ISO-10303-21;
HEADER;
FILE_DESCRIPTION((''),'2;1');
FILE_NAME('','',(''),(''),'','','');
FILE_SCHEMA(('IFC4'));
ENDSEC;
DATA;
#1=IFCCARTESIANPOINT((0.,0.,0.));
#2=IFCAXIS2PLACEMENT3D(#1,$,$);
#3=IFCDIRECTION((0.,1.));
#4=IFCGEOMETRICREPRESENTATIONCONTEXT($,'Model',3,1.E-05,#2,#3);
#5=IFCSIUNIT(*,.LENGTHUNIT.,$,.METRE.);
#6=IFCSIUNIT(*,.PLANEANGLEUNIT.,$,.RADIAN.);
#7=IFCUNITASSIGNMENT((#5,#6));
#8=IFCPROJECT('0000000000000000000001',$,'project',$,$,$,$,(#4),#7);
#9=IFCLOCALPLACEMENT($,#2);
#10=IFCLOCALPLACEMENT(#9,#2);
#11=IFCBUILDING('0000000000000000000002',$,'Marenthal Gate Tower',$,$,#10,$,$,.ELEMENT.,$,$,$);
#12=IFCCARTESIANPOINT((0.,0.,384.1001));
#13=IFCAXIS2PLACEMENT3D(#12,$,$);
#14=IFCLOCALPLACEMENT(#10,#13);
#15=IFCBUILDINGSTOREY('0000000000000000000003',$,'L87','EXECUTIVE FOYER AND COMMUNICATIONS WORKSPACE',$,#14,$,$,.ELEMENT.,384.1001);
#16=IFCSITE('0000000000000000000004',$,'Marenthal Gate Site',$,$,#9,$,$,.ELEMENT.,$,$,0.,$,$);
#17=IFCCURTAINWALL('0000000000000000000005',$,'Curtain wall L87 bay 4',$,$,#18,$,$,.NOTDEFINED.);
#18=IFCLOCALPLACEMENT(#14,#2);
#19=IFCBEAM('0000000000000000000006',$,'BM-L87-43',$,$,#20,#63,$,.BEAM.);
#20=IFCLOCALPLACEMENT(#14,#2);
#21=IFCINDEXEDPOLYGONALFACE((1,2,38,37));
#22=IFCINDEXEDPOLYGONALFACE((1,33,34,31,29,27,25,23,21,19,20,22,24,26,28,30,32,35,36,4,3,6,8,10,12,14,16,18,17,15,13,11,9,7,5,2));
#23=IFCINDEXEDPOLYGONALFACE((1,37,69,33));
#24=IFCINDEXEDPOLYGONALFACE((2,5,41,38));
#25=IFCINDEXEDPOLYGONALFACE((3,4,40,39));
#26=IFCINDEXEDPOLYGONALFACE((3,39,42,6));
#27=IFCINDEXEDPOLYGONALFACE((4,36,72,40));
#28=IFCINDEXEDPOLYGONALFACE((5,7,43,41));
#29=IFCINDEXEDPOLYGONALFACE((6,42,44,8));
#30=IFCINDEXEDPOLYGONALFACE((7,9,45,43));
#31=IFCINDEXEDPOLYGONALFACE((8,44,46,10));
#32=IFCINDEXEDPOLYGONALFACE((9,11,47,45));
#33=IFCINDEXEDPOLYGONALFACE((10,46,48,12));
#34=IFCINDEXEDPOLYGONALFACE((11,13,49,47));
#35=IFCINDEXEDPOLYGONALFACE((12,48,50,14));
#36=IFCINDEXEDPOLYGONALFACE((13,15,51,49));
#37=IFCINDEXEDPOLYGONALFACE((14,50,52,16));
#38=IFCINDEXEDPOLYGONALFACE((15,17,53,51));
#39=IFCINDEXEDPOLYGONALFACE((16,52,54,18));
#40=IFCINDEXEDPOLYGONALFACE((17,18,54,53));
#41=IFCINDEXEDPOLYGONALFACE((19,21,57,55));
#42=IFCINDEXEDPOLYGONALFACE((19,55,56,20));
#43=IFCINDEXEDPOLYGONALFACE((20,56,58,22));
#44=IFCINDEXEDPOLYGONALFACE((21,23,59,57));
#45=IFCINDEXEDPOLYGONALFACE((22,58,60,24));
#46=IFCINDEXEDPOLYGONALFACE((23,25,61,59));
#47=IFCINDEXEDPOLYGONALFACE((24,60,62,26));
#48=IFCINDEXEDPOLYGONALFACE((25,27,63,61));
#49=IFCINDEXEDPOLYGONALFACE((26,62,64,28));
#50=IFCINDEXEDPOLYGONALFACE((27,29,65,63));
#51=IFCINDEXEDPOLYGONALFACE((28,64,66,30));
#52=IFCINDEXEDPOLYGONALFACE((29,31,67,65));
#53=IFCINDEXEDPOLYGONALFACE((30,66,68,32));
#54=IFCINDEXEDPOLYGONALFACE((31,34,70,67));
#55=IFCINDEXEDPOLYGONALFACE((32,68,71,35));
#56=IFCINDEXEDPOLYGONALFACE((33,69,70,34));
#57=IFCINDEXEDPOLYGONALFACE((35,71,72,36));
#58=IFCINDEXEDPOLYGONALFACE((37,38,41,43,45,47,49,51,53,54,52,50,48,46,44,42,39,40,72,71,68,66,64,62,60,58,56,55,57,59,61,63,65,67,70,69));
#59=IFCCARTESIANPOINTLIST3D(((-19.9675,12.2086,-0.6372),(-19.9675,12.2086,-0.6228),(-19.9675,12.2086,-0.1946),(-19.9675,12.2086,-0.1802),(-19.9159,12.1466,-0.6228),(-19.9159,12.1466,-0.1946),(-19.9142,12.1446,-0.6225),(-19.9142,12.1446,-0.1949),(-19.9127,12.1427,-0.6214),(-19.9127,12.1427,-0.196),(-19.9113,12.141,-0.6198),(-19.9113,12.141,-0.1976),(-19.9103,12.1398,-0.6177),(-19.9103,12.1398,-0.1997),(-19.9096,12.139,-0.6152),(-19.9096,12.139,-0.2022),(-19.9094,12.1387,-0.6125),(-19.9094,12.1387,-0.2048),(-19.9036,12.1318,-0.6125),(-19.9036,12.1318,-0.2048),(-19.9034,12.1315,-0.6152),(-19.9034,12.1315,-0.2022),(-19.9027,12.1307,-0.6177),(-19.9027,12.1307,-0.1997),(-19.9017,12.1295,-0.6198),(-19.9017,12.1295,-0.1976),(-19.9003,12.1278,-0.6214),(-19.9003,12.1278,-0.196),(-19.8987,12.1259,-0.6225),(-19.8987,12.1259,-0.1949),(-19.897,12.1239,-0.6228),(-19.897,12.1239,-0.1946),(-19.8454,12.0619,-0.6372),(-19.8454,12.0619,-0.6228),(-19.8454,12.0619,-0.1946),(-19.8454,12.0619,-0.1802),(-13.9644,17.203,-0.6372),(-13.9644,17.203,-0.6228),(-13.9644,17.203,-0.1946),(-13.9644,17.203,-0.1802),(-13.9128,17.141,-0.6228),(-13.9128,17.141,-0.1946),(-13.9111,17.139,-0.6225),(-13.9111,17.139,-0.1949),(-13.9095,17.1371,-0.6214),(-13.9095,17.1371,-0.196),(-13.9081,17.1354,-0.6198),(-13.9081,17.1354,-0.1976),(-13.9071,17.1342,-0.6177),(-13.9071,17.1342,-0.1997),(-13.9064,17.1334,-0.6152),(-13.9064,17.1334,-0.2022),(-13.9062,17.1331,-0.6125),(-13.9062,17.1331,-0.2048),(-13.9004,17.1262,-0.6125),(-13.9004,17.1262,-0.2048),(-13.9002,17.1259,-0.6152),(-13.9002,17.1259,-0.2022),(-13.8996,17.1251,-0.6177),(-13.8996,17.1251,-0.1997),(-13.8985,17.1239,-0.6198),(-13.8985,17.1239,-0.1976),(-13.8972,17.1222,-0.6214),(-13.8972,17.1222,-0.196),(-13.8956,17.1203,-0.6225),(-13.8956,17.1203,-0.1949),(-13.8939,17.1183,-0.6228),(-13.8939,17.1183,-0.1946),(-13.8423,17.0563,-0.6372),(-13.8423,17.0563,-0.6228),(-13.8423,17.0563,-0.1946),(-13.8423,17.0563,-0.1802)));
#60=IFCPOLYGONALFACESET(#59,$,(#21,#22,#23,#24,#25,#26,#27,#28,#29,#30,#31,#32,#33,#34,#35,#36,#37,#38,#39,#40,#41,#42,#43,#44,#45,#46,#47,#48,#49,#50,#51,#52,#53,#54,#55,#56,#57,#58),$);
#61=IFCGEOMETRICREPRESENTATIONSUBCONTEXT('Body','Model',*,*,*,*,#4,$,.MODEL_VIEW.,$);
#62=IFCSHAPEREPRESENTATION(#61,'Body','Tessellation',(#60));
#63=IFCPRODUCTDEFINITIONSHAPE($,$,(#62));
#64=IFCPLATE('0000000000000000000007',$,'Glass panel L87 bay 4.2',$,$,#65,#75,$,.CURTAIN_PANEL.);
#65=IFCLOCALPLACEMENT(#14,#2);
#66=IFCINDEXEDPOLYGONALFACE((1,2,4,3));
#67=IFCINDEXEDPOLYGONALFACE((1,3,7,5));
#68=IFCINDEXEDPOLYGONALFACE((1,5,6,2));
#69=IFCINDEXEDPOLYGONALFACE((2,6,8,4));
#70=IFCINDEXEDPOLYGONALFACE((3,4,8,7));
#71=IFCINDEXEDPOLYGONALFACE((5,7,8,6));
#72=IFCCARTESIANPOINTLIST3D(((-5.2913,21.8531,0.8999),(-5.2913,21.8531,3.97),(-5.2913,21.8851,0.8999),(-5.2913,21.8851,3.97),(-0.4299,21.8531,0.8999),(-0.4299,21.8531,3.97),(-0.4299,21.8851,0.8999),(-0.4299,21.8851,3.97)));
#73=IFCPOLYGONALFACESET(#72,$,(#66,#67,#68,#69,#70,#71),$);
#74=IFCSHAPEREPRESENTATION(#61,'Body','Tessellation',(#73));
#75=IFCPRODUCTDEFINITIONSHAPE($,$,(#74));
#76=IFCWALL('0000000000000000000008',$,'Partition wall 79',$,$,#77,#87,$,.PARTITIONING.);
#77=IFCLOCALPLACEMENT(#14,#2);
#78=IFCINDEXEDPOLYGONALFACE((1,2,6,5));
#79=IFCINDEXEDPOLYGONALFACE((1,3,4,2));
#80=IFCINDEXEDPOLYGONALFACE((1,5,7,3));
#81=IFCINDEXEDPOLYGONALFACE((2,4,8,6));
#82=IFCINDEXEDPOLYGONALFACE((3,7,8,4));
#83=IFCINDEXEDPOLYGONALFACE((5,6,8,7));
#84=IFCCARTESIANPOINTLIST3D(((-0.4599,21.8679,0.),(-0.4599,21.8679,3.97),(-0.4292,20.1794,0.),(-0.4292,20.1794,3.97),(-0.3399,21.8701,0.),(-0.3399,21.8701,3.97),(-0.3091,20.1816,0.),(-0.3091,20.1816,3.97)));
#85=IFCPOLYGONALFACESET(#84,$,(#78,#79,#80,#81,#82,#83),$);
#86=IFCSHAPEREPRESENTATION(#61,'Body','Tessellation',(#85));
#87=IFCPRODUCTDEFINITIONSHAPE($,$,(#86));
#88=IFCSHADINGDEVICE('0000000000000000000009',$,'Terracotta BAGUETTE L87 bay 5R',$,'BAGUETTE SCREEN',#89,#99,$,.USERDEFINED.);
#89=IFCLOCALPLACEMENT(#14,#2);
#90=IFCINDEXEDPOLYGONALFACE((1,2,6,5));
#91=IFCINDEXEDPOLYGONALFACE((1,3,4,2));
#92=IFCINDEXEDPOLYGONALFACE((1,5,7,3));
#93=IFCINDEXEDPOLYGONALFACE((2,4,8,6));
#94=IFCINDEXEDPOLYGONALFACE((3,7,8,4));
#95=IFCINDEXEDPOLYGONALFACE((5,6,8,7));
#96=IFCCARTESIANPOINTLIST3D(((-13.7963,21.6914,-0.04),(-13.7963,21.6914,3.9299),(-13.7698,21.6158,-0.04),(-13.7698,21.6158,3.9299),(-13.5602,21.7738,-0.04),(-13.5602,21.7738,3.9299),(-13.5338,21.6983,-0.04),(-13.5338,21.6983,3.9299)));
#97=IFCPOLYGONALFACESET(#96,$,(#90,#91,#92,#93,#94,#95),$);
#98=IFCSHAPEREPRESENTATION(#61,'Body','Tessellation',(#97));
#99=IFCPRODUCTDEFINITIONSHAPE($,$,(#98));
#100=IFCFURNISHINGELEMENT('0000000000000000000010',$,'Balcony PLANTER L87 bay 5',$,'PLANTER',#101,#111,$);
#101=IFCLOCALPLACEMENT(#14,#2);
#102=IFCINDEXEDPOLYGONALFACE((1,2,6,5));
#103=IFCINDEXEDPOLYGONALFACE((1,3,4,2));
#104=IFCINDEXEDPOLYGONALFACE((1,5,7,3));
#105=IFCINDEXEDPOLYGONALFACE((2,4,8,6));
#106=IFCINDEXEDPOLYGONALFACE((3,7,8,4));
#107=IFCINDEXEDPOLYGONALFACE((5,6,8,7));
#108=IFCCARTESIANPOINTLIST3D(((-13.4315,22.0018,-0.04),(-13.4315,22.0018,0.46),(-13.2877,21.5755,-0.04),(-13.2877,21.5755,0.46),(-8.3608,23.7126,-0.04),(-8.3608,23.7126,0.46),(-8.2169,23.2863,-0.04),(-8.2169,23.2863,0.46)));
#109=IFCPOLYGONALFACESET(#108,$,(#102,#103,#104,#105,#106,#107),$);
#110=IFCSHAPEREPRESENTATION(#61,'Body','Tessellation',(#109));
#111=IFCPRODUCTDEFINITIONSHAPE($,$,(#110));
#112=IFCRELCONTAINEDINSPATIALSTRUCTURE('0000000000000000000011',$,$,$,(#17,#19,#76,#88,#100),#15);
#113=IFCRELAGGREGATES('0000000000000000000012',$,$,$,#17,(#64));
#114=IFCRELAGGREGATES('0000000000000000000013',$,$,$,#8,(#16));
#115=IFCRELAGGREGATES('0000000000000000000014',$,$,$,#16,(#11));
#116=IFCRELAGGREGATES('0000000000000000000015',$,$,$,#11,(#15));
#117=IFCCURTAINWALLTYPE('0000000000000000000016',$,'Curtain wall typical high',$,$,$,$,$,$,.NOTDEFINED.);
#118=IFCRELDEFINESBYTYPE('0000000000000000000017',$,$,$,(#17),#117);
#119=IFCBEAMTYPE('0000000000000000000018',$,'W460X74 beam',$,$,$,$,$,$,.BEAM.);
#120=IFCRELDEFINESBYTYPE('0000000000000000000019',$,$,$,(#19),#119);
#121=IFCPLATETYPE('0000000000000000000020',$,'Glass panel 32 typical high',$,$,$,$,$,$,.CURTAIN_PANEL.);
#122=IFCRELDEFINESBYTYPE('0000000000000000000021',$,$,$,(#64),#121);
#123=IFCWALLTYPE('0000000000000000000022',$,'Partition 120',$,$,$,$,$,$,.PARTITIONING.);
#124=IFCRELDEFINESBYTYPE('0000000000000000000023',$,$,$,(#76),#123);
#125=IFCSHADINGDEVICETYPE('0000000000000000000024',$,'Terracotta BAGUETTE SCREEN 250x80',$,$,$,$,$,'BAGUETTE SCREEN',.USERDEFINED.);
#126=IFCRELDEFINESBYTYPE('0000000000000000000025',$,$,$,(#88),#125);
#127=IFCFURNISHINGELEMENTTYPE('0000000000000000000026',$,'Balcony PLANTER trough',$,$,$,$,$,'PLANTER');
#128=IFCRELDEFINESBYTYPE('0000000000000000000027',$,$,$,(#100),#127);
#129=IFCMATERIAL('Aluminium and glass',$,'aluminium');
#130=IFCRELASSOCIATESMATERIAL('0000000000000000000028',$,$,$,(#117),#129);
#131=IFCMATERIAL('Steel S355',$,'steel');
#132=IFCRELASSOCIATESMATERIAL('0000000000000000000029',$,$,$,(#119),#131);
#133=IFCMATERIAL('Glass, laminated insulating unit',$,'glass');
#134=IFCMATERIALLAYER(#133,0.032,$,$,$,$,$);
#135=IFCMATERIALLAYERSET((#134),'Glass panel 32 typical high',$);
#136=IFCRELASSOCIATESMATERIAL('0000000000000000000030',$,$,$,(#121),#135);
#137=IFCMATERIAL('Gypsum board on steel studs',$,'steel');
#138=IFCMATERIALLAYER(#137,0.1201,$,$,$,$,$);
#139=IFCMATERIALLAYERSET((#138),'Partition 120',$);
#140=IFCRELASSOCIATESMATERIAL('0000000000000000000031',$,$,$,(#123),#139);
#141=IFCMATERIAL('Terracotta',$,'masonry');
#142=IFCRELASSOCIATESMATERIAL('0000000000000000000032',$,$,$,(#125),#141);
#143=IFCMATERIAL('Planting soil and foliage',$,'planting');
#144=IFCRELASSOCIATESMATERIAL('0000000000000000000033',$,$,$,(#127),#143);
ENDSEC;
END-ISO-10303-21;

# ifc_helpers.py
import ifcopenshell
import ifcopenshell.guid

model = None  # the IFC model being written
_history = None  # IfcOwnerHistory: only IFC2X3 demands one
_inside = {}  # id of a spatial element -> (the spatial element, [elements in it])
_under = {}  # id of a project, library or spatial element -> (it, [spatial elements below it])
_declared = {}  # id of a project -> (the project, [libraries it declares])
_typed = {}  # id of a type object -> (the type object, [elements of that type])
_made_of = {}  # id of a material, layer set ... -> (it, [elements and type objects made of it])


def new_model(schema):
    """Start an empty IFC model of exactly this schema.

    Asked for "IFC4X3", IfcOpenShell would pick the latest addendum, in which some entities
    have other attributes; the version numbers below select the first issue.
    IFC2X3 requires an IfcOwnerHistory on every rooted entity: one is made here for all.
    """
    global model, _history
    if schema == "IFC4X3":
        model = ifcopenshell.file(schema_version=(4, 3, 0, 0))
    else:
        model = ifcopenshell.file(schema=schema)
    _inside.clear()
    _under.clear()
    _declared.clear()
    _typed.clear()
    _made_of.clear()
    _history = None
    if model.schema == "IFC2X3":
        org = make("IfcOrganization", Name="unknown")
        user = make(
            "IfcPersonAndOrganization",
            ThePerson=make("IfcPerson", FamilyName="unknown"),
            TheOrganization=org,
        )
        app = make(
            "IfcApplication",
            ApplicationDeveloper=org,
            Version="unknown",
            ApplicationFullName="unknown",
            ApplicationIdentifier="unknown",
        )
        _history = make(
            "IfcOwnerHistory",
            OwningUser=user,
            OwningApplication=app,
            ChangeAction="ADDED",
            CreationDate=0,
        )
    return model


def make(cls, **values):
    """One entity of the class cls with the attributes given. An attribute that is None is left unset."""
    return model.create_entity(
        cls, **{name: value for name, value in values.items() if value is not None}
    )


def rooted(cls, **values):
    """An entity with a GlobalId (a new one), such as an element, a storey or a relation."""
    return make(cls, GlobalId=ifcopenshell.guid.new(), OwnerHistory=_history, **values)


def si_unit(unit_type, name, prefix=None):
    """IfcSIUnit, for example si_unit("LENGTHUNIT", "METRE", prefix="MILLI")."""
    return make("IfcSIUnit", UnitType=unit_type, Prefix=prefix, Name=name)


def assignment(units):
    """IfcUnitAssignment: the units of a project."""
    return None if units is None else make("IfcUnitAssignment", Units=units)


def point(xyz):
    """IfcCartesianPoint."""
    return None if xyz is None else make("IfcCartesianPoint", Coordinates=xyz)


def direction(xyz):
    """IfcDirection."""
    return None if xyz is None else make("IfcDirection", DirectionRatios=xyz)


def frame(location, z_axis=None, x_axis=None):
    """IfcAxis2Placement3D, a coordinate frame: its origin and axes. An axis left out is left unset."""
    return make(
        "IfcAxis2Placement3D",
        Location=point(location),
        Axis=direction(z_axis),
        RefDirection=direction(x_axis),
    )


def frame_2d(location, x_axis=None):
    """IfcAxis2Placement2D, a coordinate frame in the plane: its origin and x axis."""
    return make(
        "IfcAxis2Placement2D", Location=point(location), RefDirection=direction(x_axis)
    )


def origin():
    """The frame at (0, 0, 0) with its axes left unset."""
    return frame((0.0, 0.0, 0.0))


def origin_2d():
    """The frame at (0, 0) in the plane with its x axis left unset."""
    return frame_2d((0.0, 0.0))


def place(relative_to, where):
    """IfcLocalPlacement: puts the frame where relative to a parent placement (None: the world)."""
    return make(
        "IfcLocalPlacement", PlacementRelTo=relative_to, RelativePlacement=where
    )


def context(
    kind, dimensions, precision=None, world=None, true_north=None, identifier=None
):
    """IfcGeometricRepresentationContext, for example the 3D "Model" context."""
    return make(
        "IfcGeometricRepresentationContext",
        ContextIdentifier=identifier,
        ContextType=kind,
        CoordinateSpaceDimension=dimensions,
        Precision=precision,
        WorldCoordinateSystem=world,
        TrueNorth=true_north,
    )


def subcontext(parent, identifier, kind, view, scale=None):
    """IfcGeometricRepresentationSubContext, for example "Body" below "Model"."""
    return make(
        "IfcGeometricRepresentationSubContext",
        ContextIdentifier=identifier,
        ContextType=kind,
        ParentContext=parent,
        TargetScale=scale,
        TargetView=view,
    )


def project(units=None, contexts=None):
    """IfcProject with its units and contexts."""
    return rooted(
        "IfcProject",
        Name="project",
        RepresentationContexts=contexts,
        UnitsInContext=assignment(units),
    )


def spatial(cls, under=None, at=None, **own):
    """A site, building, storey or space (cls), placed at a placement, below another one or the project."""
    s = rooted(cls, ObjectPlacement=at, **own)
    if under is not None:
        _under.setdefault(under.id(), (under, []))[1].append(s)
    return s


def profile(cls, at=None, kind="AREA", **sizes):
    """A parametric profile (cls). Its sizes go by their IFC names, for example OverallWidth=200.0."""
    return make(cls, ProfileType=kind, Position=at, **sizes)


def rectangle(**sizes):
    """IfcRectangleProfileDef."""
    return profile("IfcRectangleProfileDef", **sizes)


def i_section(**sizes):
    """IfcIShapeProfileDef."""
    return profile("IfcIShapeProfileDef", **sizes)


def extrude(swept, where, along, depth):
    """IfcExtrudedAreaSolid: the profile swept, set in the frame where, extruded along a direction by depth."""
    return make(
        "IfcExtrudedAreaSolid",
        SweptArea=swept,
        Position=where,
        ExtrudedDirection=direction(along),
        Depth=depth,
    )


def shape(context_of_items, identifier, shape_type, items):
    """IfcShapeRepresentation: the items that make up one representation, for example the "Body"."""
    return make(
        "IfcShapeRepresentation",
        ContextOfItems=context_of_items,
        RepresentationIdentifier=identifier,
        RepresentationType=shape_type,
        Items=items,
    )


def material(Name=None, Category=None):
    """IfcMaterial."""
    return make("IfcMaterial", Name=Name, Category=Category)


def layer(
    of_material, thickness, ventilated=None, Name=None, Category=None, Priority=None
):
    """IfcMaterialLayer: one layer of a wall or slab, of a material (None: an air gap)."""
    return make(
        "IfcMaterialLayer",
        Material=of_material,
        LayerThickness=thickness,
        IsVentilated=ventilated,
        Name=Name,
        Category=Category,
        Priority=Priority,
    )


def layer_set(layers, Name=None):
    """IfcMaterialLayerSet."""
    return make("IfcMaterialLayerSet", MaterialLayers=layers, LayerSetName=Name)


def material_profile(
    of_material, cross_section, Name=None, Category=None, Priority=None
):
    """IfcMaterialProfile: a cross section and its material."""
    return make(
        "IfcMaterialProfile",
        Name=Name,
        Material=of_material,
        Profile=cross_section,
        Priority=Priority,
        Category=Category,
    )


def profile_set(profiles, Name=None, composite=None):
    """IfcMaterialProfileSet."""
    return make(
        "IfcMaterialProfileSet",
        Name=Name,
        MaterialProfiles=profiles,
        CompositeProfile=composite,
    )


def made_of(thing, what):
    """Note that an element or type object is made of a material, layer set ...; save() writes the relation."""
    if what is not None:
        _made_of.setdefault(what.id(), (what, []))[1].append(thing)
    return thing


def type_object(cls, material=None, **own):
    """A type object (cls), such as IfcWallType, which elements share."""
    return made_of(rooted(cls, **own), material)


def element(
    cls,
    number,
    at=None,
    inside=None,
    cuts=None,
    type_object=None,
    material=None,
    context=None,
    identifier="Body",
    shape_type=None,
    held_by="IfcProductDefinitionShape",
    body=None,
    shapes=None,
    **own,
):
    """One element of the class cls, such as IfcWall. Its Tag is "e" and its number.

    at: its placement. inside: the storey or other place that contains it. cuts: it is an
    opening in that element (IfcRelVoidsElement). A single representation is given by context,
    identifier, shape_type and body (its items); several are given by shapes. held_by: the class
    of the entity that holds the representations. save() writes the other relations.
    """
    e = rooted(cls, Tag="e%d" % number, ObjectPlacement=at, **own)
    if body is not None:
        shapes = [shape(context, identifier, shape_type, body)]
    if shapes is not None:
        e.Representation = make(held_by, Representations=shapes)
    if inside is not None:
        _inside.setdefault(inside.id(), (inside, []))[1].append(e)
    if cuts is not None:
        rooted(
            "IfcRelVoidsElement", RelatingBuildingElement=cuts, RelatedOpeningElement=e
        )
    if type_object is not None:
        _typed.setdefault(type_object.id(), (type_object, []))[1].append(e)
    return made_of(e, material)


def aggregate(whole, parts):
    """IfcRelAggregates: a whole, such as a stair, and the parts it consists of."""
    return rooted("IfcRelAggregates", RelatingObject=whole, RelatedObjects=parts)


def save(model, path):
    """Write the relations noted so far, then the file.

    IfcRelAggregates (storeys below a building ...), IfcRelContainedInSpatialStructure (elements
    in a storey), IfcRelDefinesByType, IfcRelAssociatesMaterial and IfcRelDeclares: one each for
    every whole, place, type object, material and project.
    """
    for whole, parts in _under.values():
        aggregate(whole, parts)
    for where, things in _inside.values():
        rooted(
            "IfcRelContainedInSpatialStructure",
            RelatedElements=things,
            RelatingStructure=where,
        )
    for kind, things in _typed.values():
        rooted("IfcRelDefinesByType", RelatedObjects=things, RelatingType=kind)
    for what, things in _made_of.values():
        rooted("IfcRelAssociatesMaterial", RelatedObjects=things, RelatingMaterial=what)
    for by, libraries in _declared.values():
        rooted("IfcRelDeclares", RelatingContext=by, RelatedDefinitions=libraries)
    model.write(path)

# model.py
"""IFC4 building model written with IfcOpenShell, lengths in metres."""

from ifc_helpers import new_model, si_unit, direction, frame, frame_2d, origin, origin_2d, place, context, subcontext, project, spatial, rectangle, i_section, extrude, material, layer, layer_set, material_profile, profile_set, type_object, element, aggregate, save


model = new_model("IFC4")

# Units and contexts
model_context = context("Model", 3, precision=1e-05, world=origin(), true_north=direction((0.0, 1.0)))
body_context = subcontext(model_context, "Body", "Model", "MODEL_VIEW")
ifc_project = project(units=[si_unit("LENGTHUNIT", "METRE"), si_unit("PLANEANGLEUNIT", "RADIAN")], contexts=[model_context])

# Site, building, storey
site_placement = place(None, origin())
site = spatial("IfcSite", under=ifc_project, at=site_placement, Name="Marenthal Gate Site", CompositionType="ELEMENT", RefElevation=0.0)
building_placement = place(site_placement, origin())
building = spatial("IfcBuilding", under=site, at=building_placement, Name="Marenthal Gate Tower", CompositionType="ELEMENT")
storey_placement = place(building_placement, frame((0.0, 0.0, 384.1001)))
storey = spatial("IfcBuildingStorey", under=building, at=storey_placement, Name="L87", Description="EXECUTIVE FOYER AND COMMUNICATIONS WORKSPACE", CompositionType="ELEMENT", Elevation=384.1001)

# Curtain wall
ifc_material_1 = material(Name="Aluminium and glass", Category="aluminium")
curtain_wall_type = type_object("IfcCurtainWallType", Name="Curtain wall typical high", PredefinedType="NOTDEFINED", material=ifc_material_1)
curtain_wall_placement = place(storey_placement, origin())
curtain_wall = element("IfcCurtainWall", 1, at=curtain_wall_placement, inside=storey, type_object=curtain_wall_type, Name="Curtain wall L87 bay 4", PredefinedType="NOTDEFINED")

# Beam
ifc_material_2 = material(Name="Steel S355", Category="steel")
ifc_material_profile_1 = material_profile(ifc_material_2, i_section(OverallWidth=0.1909, OverallDepth=0.457, WebThickness=0.009, FlangeThickness=0.0144, FilletRadius=0.0103, at=origin_2d()), Name="W460X74")
ifc_profile_set_1 = profile_set([ifc_material_profile_1], Name="Steel S355")
beam_type_1 = type_object("IfcBeamType", Name="W460X74 beam", PredefinedType="BEAM", material=ifc_profile_set_1)
beam_1_placement = place(storey_placement, frame((-13.9033, 17.1296, -0.4087), z_axis=(-0.768741, -0.63956, 0.0), x_axis=(0.63956, -0.768741, 0.0)))
element("IfcBeam", 2, at=beam_1_placement, inside=storey, type_object=beam_type_1, Name="BM-L87-43", PredefinedType="BEAM", context=body_context, shape_type="SweptSolid", body=[
    extrude(i_section(OverallWidth=0.1909, OverallDepth=0.457, WebThickness=0.009, FlangeThickness=0.0144, FilletRadius=0.0103, at=origin_2d()), origin(), (0.0, 0.0, 1.0), 7.8091),
])

# Plate
ifc_material_3 = material(Name="Glass, laminated insulating unit", Category="glass")
ifc_layer_1 = layer(ifc_material_3, 0.032)
ifc_layer_set_1 = layer_set([ifc_layer_1], Name="Glass panel 32 typical high")
plate_type = type_object("IfcPlateType", Name="Glass panel 32 typical high", PredefinedType="CURTAIN_PANEL", material=ifc_layer_set_1)
plate_placement = place(storey_placement, frame((-2.8606, 21.8691, 0.8999), z_axis=(0.0, 0.0, 1.0), x_axis=(-1.0, 0.0, 0.0)))
plate = element("IfcPlate", 3, at=plate_placement, type_object=plate_type, Name="Glass panel L87 bay 4.2", PredefinedType="CURTAIN_PANEL", context=body_context, shape_type="SweptSolid", body=[
    extrude(rectangle(XDim=4.8613, YDim=0.032, at=origin_2d()), origin(), (0.0, 0.0, 1.0), 3.0701),
])
aggregate(curtain_wall, [plate])

# Wall
ifc_material_4 = material(Name="Gypsum board on steel studs", Category="steel")
ifc_layer_2 = layer(ifc_material_4, 0.1201)
ifc_layer_set_2 = layer_set([ifc_layer_2], Name="Partition 120")
wall_type_1 = type_object("IfcWallType", Name="Partition 120", PredefinedType="PARTITIONING", material=ifc_layer_set_2)
wall_1_placement = place(storey_placement, frame((-0.3691, 20.1807, 0.0), z_axis=(0.0, 0.0, 1.0), x_axis=(-0.018216, 0.999834, 0.0)))
element("IfcWall", 4, at=wall_1_placement, inside=storey, type_object=wall_type_1, Name="Partition wall 79", PredefinedType="PARTITIONING", context=body_context, shape_type="SweptSolid", body=[
    extrude(rectangle(XDim=1.6887, YDim=0.1201, at=frame_2d((0.8442, 0.0))), origin(), (0.0, 0.0, 1.0), 3.97),
])

# Shading device
ifc_material_5 = material(Name="Terracotta", Category="masonry")
ifc_material_profile_2 = material_profile(ifc_material_5, rectangle(XDim=0.25, YDim=0.0801, at=origin_2d()), Name="Terracotta baguette 250x80")
ifc_profile_set_2 = profile_set([ifc_material_profile_2], Name="Terracotta")
shading_device_type = type_object("IfcShadingDeviceType", Name="Terracotta BAGUETTE SCREEN 250x80", ElementType="BAGUETTE SCREEN", PredefinedType="USERDEFINED", material=ifc_profile_set_2)
shading_device_placement = place(storey_placement, frame((-13.665, 21.6948, -0.04), z_axis=(0.0, 0.0, 1.0), x_axis=(-0.944045, -0.329817, 0.0)))
element("IfcShadingDevice", 5, at=shading_device_placement, inside=storey, type_object=shading_device_type, Name="Terracotta BAGUETTE L87 bay 5R", ObjectType="BAGUETTE SCREEN", PredefinedType="USERDEFINED", context=body_context, shape_type="SweptSolid", body=[
    extrude(rectangle(XDim=0.25, YDim=0.0801, at=origin_2d()), origin(), (0.0, 0.0, 1.0), 3.97),
])

# Furnishing element
ifc_material_6 = material(Name="Planting soil and foliage", Category="planting")
furnishing_element_type = type_object("IfcFurnishingElementType", Name="Balcony PLANTER trough", ElementType="PLANTER", material=ifc_material_6)
furnishing_placement = place(storey_placement, frame((-10.8242, 22.644, -0.04), z_axis=(0.0, 0.0, 1.0), x_axis=(-0.947527, -0.319676, 0.0)))
element("IfcFurnishingElement", 6, at=furnishing_placement, inside=storey, type_object=furnishing_element_type, Name="Balcony PLANTER L87 bay 5", ObjectType="PLANTER", context=body_context, shape_type="SweptSolid", body=[
    extrude(rectangle(XDim=5.3516, YDim=0.45, at=origin_2d()), origin(), (0.0, 0.0, 1.0), 0.5),
])

save(model, "model.ifc")
